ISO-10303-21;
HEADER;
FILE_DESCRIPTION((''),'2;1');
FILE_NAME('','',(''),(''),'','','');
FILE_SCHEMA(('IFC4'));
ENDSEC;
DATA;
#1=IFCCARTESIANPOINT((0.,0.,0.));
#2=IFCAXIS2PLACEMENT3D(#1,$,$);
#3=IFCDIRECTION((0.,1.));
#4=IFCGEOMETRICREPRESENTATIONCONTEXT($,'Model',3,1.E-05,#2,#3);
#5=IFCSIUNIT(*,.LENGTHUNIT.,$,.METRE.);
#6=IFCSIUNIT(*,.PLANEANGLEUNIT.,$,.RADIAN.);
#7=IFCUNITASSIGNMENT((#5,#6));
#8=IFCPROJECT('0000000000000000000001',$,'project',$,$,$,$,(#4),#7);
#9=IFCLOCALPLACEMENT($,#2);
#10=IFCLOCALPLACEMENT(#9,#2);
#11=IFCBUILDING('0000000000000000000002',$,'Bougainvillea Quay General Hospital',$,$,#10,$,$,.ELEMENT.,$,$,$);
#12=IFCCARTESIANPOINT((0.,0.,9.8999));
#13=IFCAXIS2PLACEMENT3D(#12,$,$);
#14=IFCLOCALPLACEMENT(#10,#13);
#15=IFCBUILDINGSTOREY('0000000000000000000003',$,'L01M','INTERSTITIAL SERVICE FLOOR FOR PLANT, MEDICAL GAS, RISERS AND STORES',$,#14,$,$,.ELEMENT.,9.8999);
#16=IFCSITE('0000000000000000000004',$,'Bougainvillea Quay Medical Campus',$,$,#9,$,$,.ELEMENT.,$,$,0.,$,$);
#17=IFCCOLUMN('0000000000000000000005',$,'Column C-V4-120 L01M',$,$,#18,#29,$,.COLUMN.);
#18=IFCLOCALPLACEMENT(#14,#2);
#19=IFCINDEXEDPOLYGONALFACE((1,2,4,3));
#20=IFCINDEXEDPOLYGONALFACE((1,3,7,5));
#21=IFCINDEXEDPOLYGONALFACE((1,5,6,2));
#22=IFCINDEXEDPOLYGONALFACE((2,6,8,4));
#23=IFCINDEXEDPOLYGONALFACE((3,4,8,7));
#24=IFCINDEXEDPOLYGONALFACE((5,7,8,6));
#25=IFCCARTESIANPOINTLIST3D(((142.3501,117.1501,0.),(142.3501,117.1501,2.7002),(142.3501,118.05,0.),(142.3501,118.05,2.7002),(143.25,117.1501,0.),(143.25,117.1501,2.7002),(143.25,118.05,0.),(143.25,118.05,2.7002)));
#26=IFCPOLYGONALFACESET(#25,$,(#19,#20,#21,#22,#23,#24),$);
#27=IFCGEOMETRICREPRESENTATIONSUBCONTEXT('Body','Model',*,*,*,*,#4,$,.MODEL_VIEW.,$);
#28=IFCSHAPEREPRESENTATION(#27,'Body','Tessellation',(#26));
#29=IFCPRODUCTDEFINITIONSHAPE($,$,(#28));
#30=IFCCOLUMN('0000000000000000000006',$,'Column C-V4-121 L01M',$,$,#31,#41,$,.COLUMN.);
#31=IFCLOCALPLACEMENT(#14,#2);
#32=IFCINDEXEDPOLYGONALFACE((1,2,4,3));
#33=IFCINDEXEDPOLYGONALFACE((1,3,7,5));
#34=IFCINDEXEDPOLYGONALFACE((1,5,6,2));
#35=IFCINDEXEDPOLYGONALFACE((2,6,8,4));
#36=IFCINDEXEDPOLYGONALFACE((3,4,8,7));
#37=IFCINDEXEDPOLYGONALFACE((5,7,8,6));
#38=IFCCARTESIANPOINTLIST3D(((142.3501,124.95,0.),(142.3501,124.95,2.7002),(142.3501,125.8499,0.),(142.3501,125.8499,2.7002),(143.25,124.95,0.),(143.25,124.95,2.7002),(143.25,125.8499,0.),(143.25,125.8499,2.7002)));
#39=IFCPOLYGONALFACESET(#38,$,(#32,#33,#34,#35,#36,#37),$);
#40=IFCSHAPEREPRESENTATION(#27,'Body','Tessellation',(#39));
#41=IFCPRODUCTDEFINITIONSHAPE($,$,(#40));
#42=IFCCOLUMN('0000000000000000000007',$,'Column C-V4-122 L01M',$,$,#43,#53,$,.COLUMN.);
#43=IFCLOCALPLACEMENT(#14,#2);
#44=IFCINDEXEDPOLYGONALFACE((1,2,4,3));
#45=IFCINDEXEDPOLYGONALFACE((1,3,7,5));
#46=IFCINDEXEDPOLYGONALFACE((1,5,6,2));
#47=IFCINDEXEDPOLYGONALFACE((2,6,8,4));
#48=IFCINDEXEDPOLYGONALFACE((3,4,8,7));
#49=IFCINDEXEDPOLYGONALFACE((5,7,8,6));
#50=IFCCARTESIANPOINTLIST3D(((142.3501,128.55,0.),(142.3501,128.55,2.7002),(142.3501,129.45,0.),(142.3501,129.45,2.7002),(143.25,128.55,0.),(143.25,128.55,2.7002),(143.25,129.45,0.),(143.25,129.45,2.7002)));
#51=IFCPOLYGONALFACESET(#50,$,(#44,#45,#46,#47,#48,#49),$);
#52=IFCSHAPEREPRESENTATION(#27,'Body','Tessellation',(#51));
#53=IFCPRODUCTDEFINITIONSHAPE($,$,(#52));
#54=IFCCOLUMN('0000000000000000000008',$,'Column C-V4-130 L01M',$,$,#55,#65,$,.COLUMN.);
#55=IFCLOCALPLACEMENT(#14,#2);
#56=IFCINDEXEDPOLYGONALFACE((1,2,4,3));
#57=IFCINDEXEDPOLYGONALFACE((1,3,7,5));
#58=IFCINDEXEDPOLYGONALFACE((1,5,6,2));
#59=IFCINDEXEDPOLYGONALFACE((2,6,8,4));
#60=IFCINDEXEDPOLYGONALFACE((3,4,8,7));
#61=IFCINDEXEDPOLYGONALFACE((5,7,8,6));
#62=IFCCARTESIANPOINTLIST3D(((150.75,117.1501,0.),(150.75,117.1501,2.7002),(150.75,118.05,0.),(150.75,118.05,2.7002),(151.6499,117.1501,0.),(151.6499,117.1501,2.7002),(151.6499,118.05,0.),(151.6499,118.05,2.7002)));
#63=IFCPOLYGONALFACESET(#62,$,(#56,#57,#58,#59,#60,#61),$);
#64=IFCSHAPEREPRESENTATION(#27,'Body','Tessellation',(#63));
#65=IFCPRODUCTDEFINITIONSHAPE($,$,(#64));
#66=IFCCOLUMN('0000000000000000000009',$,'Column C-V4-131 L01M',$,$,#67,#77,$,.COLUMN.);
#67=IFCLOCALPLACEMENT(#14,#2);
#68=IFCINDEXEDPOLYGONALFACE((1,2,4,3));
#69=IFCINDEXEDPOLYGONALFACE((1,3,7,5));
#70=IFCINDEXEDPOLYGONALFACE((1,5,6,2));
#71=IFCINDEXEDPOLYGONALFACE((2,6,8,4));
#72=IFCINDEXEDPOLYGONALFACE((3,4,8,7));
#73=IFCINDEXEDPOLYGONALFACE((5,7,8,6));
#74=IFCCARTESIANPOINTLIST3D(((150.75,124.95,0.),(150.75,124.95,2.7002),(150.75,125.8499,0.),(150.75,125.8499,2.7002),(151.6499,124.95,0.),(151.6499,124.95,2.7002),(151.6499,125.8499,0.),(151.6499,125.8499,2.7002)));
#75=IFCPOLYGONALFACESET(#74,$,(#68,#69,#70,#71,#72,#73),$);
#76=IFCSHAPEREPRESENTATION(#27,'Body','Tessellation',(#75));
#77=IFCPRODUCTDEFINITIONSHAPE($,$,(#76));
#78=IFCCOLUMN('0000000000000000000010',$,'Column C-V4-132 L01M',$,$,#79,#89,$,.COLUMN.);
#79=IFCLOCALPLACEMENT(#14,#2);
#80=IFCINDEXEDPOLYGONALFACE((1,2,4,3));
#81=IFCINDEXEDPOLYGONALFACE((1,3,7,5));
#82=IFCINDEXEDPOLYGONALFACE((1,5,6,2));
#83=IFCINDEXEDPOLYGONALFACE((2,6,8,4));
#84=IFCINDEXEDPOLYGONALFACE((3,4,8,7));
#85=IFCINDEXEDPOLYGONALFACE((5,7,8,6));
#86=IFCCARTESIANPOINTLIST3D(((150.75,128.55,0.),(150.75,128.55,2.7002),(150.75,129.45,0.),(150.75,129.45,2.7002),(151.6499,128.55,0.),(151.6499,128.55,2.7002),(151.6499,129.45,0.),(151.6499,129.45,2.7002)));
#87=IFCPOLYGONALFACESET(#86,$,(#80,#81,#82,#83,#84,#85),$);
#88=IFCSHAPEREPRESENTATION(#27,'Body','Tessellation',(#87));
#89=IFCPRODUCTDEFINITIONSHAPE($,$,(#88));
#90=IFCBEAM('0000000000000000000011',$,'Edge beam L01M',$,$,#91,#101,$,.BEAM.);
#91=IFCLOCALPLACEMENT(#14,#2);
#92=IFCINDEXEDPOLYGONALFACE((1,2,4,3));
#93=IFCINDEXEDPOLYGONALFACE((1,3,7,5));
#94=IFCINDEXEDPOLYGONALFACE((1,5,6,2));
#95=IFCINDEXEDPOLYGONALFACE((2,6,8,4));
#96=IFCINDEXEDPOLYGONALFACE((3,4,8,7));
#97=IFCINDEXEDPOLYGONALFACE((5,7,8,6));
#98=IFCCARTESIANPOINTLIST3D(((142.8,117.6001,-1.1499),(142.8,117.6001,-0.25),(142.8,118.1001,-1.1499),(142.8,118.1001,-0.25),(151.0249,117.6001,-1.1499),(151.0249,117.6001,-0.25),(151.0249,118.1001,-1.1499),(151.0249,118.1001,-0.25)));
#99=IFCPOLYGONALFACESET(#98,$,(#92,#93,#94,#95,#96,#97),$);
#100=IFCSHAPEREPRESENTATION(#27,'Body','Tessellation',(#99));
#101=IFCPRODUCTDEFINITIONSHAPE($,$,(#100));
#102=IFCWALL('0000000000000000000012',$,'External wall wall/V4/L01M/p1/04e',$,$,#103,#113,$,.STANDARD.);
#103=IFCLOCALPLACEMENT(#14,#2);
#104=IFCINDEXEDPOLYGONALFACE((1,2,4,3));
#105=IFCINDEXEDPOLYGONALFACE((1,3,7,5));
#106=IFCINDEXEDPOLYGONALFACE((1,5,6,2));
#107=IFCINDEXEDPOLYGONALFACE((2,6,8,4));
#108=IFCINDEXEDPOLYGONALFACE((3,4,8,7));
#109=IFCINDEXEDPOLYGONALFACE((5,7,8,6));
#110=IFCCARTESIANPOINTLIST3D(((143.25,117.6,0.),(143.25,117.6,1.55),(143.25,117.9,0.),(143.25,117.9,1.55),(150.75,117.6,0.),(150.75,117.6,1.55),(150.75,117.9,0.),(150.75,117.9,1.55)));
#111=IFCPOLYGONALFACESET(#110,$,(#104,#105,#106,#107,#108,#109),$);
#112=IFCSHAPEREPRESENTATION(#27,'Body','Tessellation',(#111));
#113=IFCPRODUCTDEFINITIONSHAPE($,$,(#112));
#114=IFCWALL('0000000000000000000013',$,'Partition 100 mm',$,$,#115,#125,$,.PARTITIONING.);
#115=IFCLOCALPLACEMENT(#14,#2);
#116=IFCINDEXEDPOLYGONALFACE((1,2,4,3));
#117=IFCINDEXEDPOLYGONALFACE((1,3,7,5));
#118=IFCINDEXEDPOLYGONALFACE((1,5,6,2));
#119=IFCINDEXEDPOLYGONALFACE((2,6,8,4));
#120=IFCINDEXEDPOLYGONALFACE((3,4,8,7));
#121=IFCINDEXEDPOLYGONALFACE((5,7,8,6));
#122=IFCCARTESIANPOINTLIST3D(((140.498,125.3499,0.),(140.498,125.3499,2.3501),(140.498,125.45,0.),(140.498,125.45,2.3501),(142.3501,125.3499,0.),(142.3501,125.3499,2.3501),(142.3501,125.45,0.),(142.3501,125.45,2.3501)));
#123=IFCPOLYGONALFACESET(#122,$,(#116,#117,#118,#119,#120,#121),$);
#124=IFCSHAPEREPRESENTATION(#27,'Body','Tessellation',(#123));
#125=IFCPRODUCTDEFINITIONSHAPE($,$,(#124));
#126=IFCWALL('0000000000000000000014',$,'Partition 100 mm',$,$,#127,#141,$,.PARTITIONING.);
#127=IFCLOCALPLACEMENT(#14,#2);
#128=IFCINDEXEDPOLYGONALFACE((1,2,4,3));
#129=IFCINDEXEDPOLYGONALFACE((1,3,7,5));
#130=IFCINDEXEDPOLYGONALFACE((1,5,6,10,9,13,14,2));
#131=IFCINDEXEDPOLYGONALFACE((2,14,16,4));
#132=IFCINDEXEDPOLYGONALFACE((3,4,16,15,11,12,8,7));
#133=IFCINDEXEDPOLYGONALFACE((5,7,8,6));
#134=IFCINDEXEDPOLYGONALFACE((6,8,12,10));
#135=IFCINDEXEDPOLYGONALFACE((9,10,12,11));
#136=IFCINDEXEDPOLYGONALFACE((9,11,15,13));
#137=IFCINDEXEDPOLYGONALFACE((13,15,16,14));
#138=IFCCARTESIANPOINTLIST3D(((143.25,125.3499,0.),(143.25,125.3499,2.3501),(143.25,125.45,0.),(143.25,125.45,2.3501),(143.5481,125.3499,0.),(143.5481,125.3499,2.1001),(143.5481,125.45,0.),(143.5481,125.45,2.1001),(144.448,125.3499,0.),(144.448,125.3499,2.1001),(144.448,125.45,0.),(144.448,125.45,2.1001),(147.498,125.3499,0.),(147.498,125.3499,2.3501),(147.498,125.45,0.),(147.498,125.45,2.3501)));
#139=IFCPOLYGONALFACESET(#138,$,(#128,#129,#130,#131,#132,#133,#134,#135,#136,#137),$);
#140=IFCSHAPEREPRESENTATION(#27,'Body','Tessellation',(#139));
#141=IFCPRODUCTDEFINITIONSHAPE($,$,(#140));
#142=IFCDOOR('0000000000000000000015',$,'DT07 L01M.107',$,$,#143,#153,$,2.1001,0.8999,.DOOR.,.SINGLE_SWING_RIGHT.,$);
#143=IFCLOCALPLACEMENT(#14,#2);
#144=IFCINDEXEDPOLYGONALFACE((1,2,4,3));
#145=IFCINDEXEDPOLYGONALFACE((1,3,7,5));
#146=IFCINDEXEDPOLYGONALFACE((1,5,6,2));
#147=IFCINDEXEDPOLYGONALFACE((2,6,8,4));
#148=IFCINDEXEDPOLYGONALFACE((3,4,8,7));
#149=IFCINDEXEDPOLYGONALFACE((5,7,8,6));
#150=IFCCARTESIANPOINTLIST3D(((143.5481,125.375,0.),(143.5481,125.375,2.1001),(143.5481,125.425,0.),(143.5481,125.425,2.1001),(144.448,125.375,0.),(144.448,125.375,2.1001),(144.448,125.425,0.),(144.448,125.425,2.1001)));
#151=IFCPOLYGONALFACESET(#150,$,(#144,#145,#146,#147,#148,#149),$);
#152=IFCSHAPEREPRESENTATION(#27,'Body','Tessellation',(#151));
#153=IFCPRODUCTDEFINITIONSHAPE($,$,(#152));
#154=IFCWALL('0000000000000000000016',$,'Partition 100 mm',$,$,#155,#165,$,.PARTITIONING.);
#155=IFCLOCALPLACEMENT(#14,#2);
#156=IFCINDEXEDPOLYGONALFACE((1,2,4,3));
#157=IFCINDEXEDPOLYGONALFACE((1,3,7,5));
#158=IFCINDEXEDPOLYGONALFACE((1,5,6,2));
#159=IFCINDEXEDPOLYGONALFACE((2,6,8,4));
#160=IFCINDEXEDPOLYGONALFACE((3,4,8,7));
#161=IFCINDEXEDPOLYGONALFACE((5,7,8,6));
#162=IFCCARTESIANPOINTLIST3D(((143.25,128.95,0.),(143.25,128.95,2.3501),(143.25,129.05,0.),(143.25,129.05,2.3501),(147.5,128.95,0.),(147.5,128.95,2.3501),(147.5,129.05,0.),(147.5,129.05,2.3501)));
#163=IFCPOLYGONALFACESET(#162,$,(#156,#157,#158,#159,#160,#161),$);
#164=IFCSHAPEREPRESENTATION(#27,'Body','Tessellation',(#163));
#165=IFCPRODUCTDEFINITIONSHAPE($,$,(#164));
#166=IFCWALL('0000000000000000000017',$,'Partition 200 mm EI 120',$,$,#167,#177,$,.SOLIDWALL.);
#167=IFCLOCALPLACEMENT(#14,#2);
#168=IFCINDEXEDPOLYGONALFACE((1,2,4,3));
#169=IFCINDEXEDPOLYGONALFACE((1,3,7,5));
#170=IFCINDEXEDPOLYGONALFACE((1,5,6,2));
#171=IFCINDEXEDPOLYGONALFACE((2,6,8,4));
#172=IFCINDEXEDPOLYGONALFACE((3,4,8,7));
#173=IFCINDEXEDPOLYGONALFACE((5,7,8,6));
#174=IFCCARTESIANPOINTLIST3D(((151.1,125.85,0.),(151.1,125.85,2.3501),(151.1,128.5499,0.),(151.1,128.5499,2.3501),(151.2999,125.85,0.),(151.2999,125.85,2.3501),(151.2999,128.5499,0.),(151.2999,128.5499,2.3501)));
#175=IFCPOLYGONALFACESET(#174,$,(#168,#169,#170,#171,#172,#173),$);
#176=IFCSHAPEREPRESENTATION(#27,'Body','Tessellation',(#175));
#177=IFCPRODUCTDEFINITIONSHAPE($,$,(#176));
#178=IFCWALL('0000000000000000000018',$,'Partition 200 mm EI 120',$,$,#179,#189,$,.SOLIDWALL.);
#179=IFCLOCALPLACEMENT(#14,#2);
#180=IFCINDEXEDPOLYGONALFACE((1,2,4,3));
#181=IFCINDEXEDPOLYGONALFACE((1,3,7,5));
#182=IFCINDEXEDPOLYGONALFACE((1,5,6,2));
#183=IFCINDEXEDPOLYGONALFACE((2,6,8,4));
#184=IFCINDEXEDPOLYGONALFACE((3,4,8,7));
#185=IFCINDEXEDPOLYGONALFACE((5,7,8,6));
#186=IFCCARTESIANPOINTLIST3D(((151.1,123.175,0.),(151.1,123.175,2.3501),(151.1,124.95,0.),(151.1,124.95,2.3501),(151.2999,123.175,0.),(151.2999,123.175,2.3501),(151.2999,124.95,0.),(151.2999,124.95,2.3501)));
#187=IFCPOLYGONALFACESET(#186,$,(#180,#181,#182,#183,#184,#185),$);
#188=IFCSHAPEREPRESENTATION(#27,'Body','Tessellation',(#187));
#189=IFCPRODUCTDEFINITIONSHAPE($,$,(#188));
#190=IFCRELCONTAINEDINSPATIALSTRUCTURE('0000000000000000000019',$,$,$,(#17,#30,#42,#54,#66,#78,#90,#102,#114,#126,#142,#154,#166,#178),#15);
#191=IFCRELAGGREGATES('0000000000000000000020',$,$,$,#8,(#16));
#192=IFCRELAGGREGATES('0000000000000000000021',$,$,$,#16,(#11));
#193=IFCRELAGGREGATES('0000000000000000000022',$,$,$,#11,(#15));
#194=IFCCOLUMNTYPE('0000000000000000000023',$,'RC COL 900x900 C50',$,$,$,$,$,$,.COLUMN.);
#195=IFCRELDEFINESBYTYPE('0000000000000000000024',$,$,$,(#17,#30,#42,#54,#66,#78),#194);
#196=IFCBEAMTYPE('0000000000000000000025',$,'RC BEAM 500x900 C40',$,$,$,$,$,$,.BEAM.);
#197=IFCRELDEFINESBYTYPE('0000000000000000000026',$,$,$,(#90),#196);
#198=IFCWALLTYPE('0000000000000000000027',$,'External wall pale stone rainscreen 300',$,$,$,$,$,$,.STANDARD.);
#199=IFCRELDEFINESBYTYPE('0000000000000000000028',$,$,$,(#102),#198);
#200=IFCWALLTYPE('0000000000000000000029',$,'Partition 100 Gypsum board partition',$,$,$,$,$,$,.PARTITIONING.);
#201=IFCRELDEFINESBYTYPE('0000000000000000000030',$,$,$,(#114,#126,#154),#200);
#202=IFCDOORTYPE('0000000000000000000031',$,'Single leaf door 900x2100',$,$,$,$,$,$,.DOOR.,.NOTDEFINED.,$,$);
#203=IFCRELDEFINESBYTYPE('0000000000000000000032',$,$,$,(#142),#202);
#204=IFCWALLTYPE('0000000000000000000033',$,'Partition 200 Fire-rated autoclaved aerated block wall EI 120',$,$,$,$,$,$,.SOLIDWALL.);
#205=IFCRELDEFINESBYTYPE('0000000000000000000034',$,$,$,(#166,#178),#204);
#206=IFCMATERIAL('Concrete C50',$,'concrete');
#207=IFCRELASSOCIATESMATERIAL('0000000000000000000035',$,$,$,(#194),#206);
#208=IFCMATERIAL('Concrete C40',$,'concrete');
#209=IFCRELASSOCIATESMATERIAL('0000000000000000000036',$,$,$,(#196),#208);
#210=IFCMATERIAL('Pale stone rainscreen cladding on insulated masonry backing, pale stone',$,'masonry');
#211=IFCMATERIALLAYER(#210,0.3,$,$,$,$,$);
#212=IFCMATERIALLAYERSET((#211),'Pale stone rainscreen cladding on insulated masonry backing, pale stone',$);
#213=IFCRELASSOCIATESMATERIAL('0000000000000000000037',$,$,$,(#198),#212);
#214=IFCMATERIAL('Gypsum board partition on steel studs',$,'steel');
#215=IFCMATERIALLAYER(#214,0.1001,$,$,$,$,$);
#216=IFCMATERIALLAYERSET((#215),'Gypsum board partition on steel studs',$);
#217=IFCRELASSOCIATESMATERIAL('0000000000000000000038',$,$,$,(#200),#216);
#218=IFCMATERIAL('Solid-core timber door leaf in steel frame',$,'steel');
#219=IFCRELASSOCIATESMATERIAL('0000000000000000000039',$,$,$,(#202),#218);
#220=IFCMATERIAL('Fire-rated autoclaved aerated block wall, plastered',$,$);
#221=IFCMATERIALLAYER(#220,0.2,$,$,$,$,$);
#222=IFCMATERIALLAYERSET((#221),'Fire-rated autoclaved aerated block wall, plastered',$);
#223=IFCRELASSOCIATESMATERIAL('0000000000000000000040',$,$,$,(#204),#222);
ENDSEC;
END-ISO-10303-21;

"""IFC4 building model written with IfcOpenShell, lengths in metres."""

from ifc_helpers import new_model, si_unit, direction, frame, frame_2d, origin, origin_2d, place, context, subcontext, project, spatial, rectangle, extrude, material, layer, layer_set, material_profile, profile_set, type_object, element, fill, save


model = new_model("IFC4")

# Units and contexts
model_context = context("Model", 3, precision=1e-05, world=origin(), true_north=direction((0.0, 1.0)))
body_context = subcontext(model_context, "Body", "Model", "MODEL_VIEW")
ifc_project = project(units=[si_unit("LENGTHUNIT", "METRE"), si_unit("PLANEANGLEUNIT", "RADIAN")], contexts=[model_context])

# Site, building, storey
site_placement = place(None, origin())
site = spatial("IfcSite", under=ifc_project, at=site_placement, Name="Bougainvillea Quay Medical Campus", CompositionType="ELEMENT", RefElevation=0.0)
building_placement = place(site_placement, origin())
building = spatial("IfcBuilding", under=site, at=building_placement, Name="Bougainvillea Quay General Hospital", CompositionType="ELEMENT")
storey_placement = place(building_placement, frame((0.0, 0.0, 9.8999)))
storey = spatial("IfcBuildingStorey", under=building, at=storey_placement, Name="L01M", Description="INTERSTITIAL SERVICE FLOOR FOR PLANT, MEDICAL GAS, RISERS AND STORES", CompositionType="ELEMENT", Elevation=9.8999)

# Columns
ifc_material_1 = material(Name="Concrete C50", Category="concrete")
ifc_material_profile_1 = material_profile(ifc_material_1, rectangle(XDim=0.8999, YDim=0.8999, at=origin_2d()))
ifc_profile_set_1 = profile_set([ifc_material_profile_1], Name="Concrete C50")
column_type = type_object("IfcColumnType", Name="RC COL 900x900 C50", PredefinedType="COLUMN", material=ifc_profile_set_1)
for number, where, z_axis, x_axis, name in (
    (1, (142.8, 117.6001, 0.0), (0.0, 0.0, 1.0), (1.0, 0.0, 0.0), "Column C-V4-120 L01M"),
    (2, (142.8, 125.3999, 0.0), (0.0, 0.0, 1.0), (1.0, 0.0, 0.0), "Column C-V4-121 L01M"),
    (3, (142.8, 129.0, 0.0), (0.0, 0.0, 1.0), (1.0, 0.0, 0.0), "Column C-V4-122 L01M"),
    (4, (151.2, 117.6001, 0.0), (0.0, 0.0, 1.0), (1.0, 0.0, 0.0), "Column C-V4-130 L01M"),
    (5, (151.2, 125.3999, 0.0), (0.0, 0.0, 1.0), (1.0, 0.0, 0.0), "Column C-V4-131 L01M"),
    (6, (151.2, 129.0, 0.0), (0.0, 0.0, 1.0), (1.0, 0.0, 0.0), "Column C-V4-132 L01M"),
):
    element("IfcColumn", number, at=place(storey_placement, frame(where, z_axis=z_axis, x_axis=x_axis)), inside=storey, type_object=column_type, Name=name, PredefinedType="COLUMN", context=body_context, shape_type="SweptSolid", body=[
        extrude(rectangle(XDim=0.8999, YDim=0.8999, at=origin_2d()), origin(), (0.0, 0.0, 1.0), 2.7002),
    ])

# Beam
ifc_material_2 = material(Name="Concrete C40", Category="concrete")
ifc_material_profile_2 = material_profile(ifc_material_2, rectangle(XDim=0.5, YDim=0.8999, at=origin_2d()))
ifc_profile_set_2 = profile_set([ifc_material_profile_2], Name="Concrete C40")
beam_type = type_object("IfcBeamType", Name="RC BEAM 500x900 C40", PredefinedType="BEAM", material=ifc_profile_set_2)
beam_placement = place(storey_placement, frame((142.8, 117.8501, -0.7), z_axis=(1.0, 0.0, 0.0), x_axis=(0.0, 1.0, 0.0)))
element("IfcBeam", 7, at=beam_placement, inside=storey, type_object=beam_type, Name="Edge beam L01M", PredefinedType="BEAM", context=body_context, shape_type="SweptSolid", body=[
    extrude(rectangle(XDim=0.5, YDim=0.8999, at=origin_2d()), origin(), (0.0, 0.0, 1.0), 8.2249),
])

# Walls
ifc_material_3 = material(Name="Pale stone rainscreen cladding on insulated masonry backing, pale stone", Category="masonry")
ifc_layer_1 = layer(ifc_material_3, 0.3)
ifc_layer_set_1 = layer_set([ifc_layer_1], Name="Pale stone rainscreen cladding on insulated masonry backing, pale stone")
wall_type_1 = type_object("IfcWallType", Name="External wall pale stone rainscreen 300", PredefinedType="STANDARD", material=ifc_layer_set_1)
wall_1_placement = place(storey_placement, frame((143.25, 117.75, 0.0), z_axis=(0.0, 0.0, 1.0), x_axis=(1.0, 0.0, 0.0)))
element("IfcWall", 8, at=wall_1_placement, inside=storey, type_object=wall_type_1, Name="External wall wall/V4/L01M/p1/04e", PredefinedType="STANDARD", context=body_context, shape_type="SweptSolid", body=[
    extrude(rectangle(XDim=7.5, YDim=0.3, at=frame_2d((3.75, 0.0))), origin(), (0.0, 0.0, 1.0), 1.55),
])
ifc_material_4 = material(Name="Gypsum board partition on steel studs", Category="steel")
ifc_layer_2 = layer(ifc_material_4, 0.1001)
ifc_layer_set_2 = layer_set([ifc_layer_2], Name="Gypsum board partition on steel studs")
wall_type_2 = type_object("IfcWallType", Name="Partition 100 Gypsum board partition", PredefinedType="PARTITIONING", material=ifc_layer_set_2)
wall_2_placement = place(storey_placement, frame((140.498, 125.3999, 0.0), z_axis=(0.0, 0.0, 1.0), x_axis=(1.0, 0.0, 0.0)))
element("IfcWall", 9, at=wall_2_placement, inside=storey, type_object=wall_type_2, Name="Partition 100 mm", PredefinedType="PARTITIONING", context=body_context, shape_type="SweptSolid", body=[
    extrude(rectangle(XDim=1.8521, YDim=0.1001, at=frame_2d((0.926, 0.0))), origin(), (0.0, 0.0, 1.0), 2.3501),
])

# Wall, opening, door
wall_3_placement = place(storey_placement, frame((143.25, 125.3999, 0.0), z_axis=(0.0, 0.0, 1.0), x_axis=(1.0, 0.0, 0.0)))
wall_3 = element("IfcWall", 10, at=wall_3_placement, inside=storey, type_object=wall_type_2, Name="Partition 100 mm", PredefinedType="PARTITIONING", context=body_context, shape_type="SweptSolid", body=[
    extrude(rectangle(XDim=4.248, YDim=0.1001, at=frame_2d((2.124, 0.0))), origin(), (0.0, 0.0, 1.0), 2.3501),
])
opening_1_placement = place(wall_3_placement, frame((0.2981, 0.0, 0.0)))
opening_1 = element("IfcOpeningElement", 11, at=opening_1_placement, cuts=wall_3, PredefinedType="OPENING", context=body_context, shape_type="SweptSolid", body=[
    extrude(rectangle(XDim=0.8999, YDim=2.1001, at=frame_2d((0.45, 1.05))), frame((0.0, 0.0601, 0.0), z_axis=(0.0, -1.0, 0.0), x_axis=(1.0, 0.0, 0.0)), (0.0, 0.0, 1.0), 0.1201),
])
ifc_material_5 = material(Name="Solid-core timber door leaf in steel frame", Category="steel")
door_type_1 = type_object("IfcDoorType", Name="Single leaf door 900x2100", OperationType="NOTDEFINED", PredefinedType="DOOR", material=ifc_material_5)
door_1_placement = place(opening_1_placement, frame((0.8999, 0.0, 0.0), z_axis=(0.0, 0.0, 1.0), x_axis=(-1.0, 0.0, 0.0)))
door_1 = element("IfcDoor", 12, at=door_1_placement, inside=storey, type_object=door_type_1, Name="DT07 L01M.107", OperationType="SINGLE_SWING_RIGHT", OverallHeight=2.1001, OverallWidth=0.8999, PredefinedType="DOOR", context=body_context, shape_type="SweptSolid", body=[
    extrude(rectangle(XDim=0.8999, YDim=2.1001, at=frame_2d((0.45, 1.05))), frame((0.0, 0.0249, 0.0), z_axis=(0.0, -1.0, 0.0), x_axis=(1.0, 0.0, 0.0)), (0.0, 0.0, 1.0), 0.05),
])
fill(opening_1, door_1)

# Walls
wall_4_placement = place(storey_placement, frame((143.25, 129.0, 0.0), z_axis=(0.0, 0.0, 1.0), x_axis=(1.0, 0.0, 0.0)))
element("IfcWall", 13, at=wall_4_placement, inside=storey, type_object=wall_type_2, Name="Partition 100 mm", PredefinedType="PARTITIONING", context=body_context, shape_type="SweptSolid", body=[
    extrude(rectangle(XDim=4.25, YDim=0.1001, at=frame_2d((2.125, 0.0))), origin(), (0.0, 0.0, 1.0), 2.3501),
])
ifc_material_6 = material(Name="Fire-rated autoclaved aerated block wall, plastered")
ifc_layer_3 = layer(ifc_material_6, 0.2)
ifc_layer_set_3 = layer_set([ifc_layer_3], Name="Fire-rated autoclaved aerated block wall, plastered")
wall_type_3 = type_object("IfcWallType", Name="Partition 200 Fire-rated autoclaved aerated block wall EI 120", PredefinedType="SOLIDWALL", material=ifc_layer_set_3)
wall_5_placement = place(storey_placement, frame((151.2, 128.55, 0.0), z_axis=(0.0, 0.0, 1.0), x_axis=(0.0, -1.0, 0.0)))
element("IfcWall", 14, at=wall_5_placement, inside=storey, type_object=wall_type_3, Name="Partition 200 mm EI 120", PredefinedType="SOLIDWALL", context=body_context, shape_type="SweptSolid", body=[
    extrude(rectangle(XDim=2.7, YDim=0.2, at=frame_2d((1.3501, 0.0))), origin(), (0.0, 0.0, 1.0), 2.3501),
])
wall_6_placement = place(storey_placement, frame((151.2, 124.95, 0.0), z_axis=(0.0, 0.0, 1.0), x_axis=(0.0, -1.0, 0.0)))
element("IfcWall", 15, at=wall_6_placement, inside=storey, type_object=wall_type_3, Name="Partition 200 mm EI 120", PredefinedType="SOLIDWALL", context=body_context, shape_type="SweptSolid", body=[
    extrude(rectangle(XDim=1.7749, YDim=0.2, at=frame_2d((0.8875, 0.0))), origin(), (0.0, 0.0, 1.0), 2.3501),
])

save(model, "model.ifc")
